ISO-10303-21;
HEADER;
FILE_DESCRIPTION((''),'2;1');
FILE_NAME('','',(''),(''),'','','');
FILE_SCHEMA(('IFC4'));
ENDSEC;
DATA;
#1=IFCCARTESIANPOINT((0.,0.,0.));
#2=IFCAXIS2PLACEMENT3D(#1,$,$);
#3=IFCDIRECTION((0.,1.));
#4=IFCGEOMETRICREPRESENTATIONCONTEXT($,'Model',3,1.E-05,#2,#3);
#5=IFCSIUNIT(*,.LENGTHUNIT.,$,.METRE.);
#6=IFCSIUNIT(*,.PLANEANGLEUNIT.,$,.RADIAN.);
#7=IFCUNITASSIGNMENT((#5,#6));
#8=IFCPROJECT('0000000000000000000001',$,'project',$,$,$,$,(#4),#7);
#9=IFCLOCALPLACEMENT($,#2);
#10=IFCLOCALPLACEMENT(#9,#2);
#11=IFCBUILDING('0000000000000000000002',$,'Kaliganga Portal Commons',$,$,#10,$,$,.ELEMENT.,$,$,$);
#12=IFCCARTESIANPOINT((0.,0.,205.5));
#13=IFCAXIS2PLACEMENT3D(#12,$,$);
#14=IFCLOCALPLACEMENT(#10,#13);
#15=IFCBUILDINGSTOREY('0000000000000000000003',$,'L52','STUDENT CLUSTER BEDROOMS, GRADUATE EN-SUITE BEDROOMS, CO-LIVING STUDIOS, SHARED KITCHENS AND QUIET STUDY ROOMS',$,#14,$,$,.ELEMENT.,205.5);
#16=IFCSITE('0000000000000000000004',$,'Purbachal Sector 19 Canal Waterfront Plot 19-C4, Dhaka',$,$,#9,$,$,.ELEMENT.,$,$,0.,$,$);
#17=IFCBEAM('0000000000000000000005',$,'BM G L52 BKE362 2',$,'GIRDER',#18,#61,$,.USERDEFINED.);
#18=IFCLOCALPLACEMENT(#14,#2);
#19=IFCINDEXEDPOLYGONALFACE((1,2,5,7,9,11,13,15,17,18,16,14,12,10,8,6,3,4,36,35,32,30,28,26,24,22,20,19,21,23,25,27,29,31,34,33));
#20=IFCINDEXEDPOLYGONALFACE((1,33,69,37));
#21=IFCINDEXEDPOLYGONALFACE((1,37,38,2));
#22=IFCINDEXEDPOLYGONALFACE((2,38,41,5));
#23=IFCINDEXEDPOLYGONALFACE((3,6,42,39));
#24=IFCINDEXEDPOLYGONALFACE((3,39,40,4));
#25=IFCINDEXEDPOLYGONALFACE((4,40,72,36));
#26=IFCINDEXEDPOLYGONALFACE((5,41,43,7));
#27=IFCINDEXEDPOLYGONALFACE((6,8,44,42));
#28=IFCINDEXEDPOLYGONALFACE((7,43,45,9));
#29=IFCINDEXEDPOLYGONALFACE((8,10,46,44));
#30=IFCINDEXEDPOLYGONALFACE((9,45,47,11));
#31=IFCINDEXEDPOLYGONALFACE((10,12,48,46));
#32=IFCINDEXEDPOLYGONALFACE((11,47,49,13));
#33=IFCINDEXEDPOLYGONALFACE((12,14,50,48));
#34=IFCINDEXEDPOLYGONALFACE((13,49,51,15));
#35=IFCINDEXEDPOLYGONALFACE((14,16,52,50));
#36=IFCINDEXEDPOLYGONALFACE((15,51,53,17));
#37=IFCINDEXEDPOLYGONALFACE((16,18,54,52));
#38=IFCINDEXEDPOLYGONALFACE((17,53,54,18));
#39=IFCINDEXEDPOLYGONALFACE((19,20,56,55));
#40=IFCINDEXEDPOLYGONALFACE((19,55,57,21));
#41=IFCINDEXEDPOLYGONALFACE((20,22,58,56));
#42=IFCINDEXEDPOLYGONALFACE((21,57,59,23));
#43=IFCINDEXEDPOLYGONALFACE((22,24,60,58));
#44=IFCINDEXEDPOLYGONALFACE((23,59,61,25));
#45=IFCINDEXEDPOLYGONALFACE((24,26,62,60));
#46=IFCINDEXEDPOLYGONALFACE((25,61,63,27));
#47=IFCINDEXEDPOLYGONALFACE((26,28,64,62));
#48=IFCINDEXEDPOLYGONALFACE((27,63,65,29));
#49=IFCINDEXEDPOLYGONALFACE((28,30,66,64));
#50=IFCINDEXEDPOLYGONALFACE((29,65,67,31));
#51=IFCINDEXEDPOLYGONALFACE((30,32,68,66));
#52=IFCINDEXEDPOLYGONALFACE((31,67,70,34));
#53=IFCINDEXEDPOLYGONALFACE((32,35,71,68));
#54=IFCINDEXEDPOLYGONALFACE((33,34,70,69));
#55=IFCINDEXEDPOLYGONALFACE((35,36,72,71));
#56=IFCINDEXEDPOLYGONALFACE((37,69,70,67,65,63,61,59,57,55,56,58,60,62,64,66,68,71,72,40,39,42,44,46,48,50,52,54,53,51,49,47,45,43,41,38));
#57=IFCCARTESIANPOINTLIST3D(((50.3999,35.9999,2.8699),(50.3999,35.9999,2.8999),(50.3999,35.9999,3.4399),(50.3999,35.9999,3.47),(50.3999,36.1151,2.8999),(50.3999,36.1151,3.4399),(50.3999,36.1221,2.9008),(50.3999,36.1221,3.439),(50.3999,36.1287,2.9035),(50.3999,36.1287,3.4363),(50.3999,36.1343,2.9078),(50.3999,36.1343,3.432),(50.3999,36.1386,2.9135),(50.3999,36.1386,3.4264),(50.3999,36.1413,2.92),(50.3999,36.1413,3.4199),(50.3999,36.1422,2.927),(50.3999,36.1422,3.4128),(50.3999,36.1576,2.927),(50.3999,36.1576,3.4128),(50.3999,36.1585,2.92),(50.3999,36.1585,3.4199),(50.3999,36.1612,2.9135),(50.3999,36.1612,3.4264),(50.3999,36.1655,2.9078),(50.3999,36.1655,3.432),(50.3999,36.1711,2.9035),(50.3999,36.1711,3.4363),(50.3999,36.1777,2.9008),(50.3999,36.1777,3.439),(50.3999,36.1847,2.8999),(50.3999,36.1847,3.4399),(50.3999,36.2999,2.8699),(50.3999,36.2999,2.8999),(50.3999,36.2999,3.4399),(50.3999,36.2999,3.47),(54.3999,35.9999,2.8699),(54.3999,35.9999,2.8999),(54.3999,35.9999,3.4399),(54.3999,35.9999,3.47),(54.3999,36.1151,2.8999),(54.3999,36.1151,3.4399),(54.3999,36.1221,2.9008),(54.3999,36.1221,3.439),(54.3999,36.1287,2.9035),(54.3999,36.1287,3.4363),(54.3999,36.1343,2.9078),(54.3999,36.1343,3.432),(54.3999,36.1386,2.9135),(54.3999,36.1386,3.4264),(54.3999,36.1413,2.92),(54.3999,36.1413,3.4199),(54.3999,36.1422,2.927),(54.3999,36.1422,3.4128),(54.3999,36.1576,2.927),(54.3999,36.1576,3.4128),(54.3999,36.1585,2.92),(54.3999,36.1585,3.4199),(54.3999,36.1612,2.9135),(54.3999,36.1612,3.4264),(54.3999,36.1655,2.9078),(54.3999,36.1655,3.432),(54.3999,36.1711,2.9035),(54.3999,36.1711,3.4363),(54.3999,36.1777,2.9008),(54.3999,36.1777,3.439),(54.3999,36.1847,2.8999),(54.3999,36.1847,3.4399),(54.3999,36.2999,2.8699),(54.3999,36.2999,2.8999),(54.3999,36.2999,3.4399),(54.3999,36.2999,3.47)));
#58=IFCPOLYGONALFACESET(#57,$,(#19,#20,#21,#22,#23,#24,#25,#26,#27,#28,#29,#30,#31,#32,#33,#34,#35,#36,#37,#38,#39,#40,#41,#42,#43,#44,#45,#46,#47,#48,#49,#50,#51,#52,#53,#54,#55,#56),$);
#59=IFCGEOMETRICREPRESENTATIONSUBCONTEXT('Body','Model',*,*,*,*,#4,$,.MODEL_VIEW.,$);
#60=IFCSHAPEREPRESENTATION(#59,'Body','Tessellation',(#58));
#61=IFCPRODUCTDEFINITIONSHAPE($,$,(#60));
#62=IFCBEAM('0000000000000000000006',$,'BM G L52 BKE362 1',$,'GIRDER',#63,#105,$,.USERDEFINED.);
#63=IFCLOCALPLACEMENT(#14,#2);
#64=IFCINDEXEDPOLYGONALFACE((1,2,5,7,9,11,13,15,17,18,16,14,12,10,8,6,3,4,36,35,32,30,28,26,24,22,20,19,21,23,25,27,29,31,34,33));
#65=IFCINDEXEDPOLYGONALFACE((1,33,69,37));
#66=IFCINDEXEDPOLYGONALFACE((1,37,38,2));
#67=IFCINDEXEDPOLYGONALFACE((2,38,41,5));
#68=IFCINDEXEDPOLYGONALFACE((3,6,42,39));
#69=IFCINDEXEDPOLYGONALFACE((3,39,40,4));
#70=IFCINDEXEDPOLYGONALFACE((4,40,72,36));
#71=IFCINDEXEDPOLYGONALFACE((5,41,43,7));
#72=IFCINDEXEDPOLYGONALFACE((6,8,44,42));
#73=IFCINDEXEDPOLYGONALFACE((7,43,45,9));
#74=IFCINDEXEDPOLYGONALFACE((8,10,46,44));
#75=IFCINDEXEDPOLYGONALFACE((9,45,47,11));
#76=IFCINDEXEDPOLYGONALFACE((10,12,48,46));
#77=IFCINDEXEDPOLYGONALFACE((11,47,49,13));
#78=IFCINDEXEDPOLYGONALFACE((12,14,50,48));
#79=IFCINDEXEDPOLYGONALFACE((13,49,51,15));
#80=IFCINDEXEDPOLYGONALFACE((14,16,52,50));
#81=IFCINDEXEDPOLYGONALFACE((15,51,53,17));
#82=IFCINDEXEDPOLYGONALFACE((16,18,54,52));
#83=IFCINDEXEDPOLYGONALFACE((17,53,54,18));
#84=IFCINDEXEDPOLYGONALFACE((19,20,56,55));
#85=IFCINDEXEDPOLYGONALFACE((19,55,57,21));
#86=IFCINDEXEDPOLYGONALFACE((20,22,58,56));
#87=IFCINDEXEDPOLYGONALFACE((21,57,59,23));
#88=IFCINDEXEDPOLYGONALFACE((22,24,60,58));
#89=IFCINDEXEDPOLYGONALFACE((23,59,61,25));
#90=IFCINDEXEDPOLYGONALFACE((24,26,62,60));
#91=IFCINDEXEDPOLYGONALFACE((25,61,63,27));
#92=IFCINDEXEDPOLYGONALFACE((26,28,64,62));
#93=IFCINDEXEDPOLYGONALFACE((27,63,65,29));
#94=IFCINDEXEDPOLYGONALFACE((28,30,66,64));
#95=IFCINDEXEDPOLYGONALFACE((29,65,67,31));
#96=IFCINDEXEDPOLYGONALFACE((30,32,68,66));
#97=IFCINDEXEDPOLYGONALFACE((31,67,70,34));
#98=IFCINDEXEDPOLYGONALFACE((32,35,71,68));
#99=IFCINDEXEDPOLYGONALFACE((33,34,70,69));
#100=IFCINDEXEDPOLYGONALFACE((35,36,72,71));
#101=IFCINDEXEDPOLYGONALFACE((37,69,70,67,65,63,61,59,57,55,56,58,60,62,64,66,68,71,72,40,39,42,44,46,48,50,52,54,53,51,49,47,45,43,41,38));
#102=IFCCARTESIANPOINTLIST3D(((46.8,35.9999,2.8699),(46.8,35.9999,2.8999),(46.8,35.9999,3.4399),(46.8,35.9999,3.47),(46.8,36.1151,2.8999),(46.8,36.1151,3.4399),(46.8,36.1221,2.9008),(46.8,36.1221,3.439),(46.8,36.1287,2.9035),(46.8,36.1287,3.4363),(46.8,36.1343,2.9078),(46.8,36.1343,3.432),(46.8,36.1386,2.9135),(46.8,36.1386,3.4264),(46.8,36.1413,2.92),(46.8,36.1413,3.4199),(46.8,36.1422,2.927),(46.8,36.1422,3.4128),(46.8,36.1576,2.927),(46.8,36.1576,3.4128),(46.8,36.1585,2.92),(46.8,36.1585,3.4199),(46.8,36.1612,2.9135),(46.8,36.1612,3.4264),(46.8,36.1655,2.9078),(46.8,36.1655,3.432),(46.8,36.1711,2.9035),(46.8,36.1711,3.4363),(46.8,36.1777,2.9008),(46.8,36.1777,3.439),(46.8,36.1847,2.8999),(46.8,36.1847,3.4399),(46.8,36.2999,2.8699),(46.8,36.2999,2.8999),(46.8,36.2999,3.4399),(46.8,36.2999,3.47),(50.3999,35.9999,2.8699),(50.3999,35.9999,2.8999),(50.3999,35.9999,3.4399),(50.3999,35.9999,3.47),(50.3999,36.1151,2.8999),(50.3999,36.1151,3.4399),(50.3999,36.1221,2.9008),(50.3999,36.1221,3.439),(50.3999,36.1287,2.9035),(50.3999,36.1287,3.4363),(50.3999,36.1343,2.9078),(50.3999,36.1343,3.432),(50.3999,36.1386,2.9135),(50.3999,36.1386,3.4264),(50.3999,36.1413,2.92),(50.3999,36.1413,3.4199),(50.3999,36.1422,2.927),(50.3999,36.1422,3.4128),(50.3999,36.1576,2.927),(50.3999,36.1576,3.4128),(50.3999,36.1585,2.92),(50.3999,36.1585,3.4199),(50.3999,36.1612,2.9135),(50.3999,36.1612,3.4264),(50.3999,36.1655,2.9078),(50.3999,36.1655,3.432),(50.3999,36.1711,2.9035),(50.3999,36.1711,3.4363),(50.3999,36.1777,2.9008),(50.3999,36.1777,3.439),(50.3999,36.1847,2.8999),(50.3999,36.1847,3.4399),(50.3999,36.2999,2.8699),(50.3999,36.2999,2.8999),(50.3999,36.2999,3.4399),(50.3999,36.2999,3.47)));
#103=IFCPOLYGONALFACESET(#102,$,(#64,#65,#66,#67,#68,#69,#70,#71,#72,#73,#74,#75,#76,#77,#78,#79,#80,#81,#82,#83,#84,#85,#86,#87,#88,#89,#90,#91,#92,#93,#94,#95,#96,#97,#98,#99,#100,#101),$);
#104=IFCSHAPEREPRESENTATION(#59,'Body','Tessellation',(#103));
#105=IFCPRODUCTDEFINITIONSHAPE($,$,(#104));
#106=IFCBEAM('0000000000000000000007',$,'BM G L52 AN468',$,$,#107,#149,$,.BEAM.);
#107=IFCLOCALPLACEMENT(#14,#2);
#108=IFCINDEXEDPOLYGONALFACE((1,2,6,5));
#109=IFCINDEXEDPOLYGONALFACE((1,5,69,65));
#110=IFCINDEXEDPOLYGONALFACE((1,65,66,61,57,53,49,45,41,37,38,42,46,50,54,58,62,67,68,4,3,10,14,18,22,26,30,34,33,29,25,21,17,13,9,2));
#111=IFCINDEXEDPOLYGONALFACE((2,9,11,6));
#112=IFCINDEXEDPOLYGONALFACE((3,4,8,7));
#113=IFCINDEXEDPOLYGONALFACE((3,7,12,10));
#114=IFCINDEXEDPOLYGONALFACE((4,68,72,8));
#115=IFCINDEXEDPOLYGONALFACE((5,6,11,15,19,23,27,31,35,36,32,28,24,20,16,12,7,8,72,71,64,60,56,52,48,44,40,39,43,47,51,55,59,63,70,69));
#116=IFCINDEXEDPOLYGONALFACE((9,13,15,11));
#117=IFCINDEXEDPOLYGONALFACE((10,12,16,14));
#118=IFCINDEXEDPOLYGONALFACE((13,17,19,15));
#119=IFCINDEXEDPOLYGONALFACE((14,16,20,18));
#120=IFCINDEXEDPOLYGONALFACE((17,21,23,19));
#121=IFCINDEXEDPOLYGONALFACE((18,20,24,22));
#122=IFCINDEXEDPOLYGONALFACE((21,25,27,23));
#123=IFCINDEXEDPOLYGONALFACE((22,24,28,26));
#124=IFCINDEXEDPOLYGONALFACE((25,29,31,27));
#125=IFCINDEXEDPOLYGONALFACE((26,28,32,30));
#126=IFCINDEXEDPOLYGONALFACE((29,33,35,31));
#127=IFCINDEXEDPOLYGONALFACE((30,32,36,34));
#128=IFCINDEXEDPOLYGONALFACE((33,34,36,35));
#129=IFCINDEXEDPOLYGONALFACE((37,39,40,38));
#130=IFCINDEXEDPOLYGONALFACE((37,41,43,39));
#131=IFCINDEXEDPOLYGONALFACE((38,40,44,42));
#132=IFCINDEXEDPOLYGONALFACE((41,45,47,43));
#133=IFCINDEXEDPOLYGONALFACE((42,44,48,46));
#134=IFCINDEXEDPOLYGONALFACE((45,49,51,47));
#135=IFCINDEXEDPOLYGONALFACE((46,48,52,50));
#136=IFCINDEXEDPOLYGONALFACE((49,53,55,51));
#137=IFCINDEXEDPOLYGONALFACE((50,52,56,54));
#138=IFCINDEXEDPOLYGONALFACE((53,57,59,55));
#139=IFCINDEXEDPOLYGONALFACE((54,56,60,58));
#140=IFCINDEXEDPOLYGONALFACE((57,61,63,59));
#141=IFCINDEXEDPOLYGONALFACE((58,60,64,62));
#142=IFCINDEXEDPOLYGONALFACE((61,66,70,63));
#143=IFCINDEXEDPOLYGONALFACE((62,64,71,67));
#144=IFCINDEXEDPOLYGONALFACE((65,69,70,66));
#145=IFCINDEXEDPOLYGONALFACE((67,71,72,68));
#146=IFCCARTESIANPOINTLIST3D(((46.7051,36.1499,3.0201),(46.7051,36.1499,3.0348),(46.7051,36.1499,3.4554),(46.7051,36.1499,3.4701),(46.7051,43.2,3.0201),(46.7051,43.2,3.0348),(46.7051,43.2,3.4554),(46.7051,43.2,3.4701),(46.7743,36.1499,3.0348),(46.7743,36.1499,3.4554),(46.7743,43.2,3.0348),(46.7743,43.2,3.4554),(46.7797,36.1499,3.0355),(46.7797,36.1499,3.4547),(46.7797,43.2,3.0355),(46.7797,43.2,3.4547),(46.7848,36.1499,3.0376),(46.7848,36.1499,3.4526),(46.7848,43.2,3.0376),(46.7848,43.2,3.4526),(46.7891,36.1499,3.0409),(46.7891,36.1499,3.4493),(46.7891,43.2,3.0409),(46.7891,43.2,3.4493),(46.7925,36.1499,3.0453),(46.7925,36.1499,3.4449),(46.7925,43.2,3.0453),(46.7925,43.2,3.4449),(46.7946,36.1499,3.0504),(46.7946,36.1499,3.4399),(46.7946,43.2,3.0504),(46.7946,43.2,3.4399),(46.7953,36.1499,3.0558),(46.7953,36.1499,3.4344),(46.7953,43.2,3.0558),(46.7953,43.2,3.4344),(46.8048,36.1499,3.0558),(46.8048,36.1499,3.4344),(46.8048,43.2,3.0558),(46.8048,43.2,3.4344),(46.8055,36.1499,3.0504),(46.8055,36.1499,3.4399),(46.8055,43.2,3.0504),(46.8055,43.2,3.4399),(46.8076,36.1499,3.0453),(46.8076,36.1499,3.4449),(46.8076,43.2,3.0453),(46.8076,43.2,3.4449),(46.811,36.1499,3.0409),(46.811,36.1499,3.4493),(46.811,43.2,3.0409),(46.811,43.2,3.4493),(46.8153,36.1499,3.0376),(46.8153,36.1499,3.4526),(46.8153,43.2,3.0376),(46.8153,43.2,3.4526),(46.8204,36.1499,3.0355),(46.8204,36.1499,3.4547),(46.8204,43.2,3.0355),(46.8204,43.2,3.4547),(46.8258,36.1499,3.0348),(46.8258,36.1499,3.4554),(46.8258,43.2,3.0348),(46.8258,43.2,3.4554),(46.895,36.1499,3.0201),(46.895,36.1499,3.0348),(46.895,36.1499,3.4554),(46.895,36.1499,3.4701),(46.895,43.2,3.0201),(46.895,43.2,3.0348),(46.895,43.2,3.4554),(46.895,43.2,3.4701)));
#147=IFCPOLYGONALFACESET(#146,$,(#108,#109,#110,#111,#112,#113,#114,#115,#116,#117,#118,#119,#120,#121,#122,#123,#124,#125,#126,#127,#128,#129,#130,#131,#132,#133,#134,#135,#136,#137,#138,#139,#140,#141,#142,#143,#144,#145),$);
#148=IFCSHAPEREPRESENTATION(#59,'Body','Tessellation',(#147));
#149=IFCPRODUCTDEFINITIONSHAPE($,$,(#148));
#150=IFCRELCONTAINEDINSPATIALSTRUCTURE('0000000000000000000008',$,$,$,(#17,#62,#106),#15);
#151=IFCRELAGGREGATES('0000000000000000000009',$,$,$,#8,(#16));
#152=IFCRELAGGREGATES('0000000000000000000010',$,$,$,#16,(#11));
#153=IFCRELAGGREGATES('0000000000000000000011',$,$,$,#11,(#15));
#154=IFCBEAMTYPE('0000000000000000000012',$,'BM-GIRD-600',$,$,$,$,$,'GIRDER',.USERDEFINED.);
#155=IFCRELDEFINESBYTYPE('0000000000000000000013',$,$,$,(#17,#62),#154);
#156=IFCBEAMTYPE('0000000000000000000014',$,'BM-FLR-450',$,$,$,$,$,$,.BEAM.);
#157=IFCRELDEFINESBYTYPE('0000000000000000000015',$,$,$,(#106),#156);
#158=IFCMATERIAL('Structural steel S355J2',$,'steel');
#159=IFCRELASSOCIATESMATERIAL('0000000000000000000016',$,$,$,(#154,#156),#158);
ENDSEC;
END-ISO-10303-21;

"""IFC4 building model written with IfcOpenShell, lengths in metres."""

from ifc_helpers import new_model, si_unit, direction, frame, origin, origin_2d, place, context, subcontext, project, spatial, i_section, extrude, source, transform, mapped, material, material_profile, profile_set, type_object, element, save


model = new_model("IFC4")

# Units and contexts
model_context = context("Model", 3, precision=1e-05, world=origin(), true_north=direction((0.0, 1.0)))
body_context = subcontext(model_context, "Body", "Model", "MODEL_VIEW")
ifc_project = project(units=[si_unit("LENGTHUNIT", "METRE"), si_unit("PLANEANGLEUNIT", "RADIAN")], contexts=[model_context])

# Site, building, storey
site_placement = place(None, origin())
site = spatial("IfcSite", under=ifc_project, at=site_placement, Name="Purbachal Sector 19 Canal Waterfront Plot 19-C4, Dhaka", CompositionType="ELEMENT", RefElevation=0.0)
building_placement = place(site_placement, origin())
building = spatial("IfcBuilding", under=site, at=building_placement, Name="Kaliganga Portal Commons", CompositionType="ELEMENT")
storey_placement = place(building_placement, frame((0.0, 0.0, 205.5)))
storey = spatial("IfcBuildingStorey", under=building, at=storey_placement, Name="L52", Description="STUDENT CLUSTER BEDROOMS, GRADUATE EN-SUITE BEDROOMS, CO-LIVING STUDIOS, SHARED KITCHENS AND QUIET STUDY ROOMS", CompositionType="ELEMENT", Elevation=205.5)

# Shared definitions
ifc_material_1 = material(Name="Structural steel S355J2", Category="steel")

# Beams
ifc_material_profile_1 = material_profile(ifc_material_1, i_section(OverallWidth=0.3, OverallDepth=0.6001, WebThickness=0.0154, FlangeThickness=0.03, FilletRadius=0.0271, at=origin_2d()), Name="HE 600 B")
ifc_profile_set_1 = profile_set([ifc_material_profile_1], Name="Structural steel S355J2 wide-flange")
beam_type_1 = type_object("IfcBeamType", Name="BM-GIRD-600", ElementType="GIRDER", PredefinedType="USERDEFINED", material=ifc_profile_set_1)
shared_shape_1 = source(origin(), body_context, "Body", "SweptSolid", [
    extrude(i_section(OverallWidth=0.3, OverallDepth=0.6001, WebThickness=0.0154, FlangeThickness=0.03, FilletRadius=0.0271, at=origin_2d()), origin(), (0.0, 0.0, 1.0), 4.0),
])
beam_1_placement = place(storey_placement, frame((50.3999, 36.1499, 3.1699), z_axis=(1.0, 0.0, 0.0), x_axis=(0.0, 1.0, 0.0)))
element("IfcBeam", 1, at=beam_1_placement, inside=storey, type_object=beam_type_1, Name="BM G L52 BKE362 2", ObjectType="GIRDER", PredefinedType="USERDEFINED", context=body_context, shape_type="MappedRepresentation", body=[
    mapped(shared_shape_1, transform((0.0, 0.0, 0.0), x_axis=(1.0, 0.0, 0.0), y_axis=(0.0, 1.0, 0.0), z_axis=(0.0, 0.0, 1.0), scale=1.0)),
])
shared_shape_2 = source(origin(), body_context, "Body", "SweptSolid", [
    extrude(i_section(OverallWidth=0.3, OverallDepth=0.6001, WebThickness=0.0154, FlangeThickness=0.03, FilletRadius=0.0271, at=origin_2d()), origin(), (0.0, 0.0, 1.0), 3.5999),
])
beam_2_placement = place(storey_placement, frame((46.8, 36.1499, 3.1699), z_axis=(1.0, 0.0, 0.0), x_axis=(0.0, 1.0, 0.0)))
element("IfcBeam", 2, at=beam_2_placement, inside=storey, type_object=beam_type_1, Name="BM G L52 BKE362 1", ObjectType="GIRDER", PredefinedType="USERDEFINED", context=body_context, shape_type="MappedRepresentation", body=[
    mapped(shared_shape_2, transform((0.0, 0.0, 0.0), x_axis=(1.0, 0.0, 0.0), y_axis=(0.0, 1.0, 0.0), z_axis=(0.0, 0.0, 1.0), scale=1.0)),
])
ifc_material_profile_2 = material_profile(ifc_material_1, i_section(OverallWidth=0.1899, OverallDepth=0.45, WebThickness=0.0095, FlangeThickness=0.0146, FilletRadius=0.021, at=origin_2d()), Name="IPE 450")
ifc_profile_set_2 = profile_set([ifc_material_profile_2], Name="Structural steel S355J2 wide-flange")
beam_type_2 = type_object("IfcBeamType", Name="BM-FLR-450", PredefinedType="BEAM", material=ifc_profile_set_2)
shared_shape_3 = source(origin(), body_context, "Body", "SweptSolid", [
    extrude(i_section(OverallWidth=0.1899, OverallDepth=0.45, WebThickness=0.0095, FlangeThickness=0.0146, FilletRadius=0.021, at=origin_2d()), origin(), (0.0, 0.0, 1.0), 7.05),
])
beam_3_placement = place(storey_placement, frame((46.8, 36.1499, 3.2451), z_axis=(0.0, 1.0, 0.0), x_axis=(-1.0, 0.0, 0.0)))
element("IfcBeam", 3, at=beam_3_placement, inside=storey, type_object=beam_type_2, Name="BM G L52 AN468", PredefinedType="BEAM", context=body_context, shape_type="MappedRepresentation", body=[
    mapped(shared_shape_3, transform((0.0, 0.0, 0.0), x_axis=(1.0, 0.0, 0.0), y_axis=(0.0, 1.0, 0.0), z_axis=(0.0, 0.0, 1.0), scale=1.0)),
])

save(model, "model.ifc")
